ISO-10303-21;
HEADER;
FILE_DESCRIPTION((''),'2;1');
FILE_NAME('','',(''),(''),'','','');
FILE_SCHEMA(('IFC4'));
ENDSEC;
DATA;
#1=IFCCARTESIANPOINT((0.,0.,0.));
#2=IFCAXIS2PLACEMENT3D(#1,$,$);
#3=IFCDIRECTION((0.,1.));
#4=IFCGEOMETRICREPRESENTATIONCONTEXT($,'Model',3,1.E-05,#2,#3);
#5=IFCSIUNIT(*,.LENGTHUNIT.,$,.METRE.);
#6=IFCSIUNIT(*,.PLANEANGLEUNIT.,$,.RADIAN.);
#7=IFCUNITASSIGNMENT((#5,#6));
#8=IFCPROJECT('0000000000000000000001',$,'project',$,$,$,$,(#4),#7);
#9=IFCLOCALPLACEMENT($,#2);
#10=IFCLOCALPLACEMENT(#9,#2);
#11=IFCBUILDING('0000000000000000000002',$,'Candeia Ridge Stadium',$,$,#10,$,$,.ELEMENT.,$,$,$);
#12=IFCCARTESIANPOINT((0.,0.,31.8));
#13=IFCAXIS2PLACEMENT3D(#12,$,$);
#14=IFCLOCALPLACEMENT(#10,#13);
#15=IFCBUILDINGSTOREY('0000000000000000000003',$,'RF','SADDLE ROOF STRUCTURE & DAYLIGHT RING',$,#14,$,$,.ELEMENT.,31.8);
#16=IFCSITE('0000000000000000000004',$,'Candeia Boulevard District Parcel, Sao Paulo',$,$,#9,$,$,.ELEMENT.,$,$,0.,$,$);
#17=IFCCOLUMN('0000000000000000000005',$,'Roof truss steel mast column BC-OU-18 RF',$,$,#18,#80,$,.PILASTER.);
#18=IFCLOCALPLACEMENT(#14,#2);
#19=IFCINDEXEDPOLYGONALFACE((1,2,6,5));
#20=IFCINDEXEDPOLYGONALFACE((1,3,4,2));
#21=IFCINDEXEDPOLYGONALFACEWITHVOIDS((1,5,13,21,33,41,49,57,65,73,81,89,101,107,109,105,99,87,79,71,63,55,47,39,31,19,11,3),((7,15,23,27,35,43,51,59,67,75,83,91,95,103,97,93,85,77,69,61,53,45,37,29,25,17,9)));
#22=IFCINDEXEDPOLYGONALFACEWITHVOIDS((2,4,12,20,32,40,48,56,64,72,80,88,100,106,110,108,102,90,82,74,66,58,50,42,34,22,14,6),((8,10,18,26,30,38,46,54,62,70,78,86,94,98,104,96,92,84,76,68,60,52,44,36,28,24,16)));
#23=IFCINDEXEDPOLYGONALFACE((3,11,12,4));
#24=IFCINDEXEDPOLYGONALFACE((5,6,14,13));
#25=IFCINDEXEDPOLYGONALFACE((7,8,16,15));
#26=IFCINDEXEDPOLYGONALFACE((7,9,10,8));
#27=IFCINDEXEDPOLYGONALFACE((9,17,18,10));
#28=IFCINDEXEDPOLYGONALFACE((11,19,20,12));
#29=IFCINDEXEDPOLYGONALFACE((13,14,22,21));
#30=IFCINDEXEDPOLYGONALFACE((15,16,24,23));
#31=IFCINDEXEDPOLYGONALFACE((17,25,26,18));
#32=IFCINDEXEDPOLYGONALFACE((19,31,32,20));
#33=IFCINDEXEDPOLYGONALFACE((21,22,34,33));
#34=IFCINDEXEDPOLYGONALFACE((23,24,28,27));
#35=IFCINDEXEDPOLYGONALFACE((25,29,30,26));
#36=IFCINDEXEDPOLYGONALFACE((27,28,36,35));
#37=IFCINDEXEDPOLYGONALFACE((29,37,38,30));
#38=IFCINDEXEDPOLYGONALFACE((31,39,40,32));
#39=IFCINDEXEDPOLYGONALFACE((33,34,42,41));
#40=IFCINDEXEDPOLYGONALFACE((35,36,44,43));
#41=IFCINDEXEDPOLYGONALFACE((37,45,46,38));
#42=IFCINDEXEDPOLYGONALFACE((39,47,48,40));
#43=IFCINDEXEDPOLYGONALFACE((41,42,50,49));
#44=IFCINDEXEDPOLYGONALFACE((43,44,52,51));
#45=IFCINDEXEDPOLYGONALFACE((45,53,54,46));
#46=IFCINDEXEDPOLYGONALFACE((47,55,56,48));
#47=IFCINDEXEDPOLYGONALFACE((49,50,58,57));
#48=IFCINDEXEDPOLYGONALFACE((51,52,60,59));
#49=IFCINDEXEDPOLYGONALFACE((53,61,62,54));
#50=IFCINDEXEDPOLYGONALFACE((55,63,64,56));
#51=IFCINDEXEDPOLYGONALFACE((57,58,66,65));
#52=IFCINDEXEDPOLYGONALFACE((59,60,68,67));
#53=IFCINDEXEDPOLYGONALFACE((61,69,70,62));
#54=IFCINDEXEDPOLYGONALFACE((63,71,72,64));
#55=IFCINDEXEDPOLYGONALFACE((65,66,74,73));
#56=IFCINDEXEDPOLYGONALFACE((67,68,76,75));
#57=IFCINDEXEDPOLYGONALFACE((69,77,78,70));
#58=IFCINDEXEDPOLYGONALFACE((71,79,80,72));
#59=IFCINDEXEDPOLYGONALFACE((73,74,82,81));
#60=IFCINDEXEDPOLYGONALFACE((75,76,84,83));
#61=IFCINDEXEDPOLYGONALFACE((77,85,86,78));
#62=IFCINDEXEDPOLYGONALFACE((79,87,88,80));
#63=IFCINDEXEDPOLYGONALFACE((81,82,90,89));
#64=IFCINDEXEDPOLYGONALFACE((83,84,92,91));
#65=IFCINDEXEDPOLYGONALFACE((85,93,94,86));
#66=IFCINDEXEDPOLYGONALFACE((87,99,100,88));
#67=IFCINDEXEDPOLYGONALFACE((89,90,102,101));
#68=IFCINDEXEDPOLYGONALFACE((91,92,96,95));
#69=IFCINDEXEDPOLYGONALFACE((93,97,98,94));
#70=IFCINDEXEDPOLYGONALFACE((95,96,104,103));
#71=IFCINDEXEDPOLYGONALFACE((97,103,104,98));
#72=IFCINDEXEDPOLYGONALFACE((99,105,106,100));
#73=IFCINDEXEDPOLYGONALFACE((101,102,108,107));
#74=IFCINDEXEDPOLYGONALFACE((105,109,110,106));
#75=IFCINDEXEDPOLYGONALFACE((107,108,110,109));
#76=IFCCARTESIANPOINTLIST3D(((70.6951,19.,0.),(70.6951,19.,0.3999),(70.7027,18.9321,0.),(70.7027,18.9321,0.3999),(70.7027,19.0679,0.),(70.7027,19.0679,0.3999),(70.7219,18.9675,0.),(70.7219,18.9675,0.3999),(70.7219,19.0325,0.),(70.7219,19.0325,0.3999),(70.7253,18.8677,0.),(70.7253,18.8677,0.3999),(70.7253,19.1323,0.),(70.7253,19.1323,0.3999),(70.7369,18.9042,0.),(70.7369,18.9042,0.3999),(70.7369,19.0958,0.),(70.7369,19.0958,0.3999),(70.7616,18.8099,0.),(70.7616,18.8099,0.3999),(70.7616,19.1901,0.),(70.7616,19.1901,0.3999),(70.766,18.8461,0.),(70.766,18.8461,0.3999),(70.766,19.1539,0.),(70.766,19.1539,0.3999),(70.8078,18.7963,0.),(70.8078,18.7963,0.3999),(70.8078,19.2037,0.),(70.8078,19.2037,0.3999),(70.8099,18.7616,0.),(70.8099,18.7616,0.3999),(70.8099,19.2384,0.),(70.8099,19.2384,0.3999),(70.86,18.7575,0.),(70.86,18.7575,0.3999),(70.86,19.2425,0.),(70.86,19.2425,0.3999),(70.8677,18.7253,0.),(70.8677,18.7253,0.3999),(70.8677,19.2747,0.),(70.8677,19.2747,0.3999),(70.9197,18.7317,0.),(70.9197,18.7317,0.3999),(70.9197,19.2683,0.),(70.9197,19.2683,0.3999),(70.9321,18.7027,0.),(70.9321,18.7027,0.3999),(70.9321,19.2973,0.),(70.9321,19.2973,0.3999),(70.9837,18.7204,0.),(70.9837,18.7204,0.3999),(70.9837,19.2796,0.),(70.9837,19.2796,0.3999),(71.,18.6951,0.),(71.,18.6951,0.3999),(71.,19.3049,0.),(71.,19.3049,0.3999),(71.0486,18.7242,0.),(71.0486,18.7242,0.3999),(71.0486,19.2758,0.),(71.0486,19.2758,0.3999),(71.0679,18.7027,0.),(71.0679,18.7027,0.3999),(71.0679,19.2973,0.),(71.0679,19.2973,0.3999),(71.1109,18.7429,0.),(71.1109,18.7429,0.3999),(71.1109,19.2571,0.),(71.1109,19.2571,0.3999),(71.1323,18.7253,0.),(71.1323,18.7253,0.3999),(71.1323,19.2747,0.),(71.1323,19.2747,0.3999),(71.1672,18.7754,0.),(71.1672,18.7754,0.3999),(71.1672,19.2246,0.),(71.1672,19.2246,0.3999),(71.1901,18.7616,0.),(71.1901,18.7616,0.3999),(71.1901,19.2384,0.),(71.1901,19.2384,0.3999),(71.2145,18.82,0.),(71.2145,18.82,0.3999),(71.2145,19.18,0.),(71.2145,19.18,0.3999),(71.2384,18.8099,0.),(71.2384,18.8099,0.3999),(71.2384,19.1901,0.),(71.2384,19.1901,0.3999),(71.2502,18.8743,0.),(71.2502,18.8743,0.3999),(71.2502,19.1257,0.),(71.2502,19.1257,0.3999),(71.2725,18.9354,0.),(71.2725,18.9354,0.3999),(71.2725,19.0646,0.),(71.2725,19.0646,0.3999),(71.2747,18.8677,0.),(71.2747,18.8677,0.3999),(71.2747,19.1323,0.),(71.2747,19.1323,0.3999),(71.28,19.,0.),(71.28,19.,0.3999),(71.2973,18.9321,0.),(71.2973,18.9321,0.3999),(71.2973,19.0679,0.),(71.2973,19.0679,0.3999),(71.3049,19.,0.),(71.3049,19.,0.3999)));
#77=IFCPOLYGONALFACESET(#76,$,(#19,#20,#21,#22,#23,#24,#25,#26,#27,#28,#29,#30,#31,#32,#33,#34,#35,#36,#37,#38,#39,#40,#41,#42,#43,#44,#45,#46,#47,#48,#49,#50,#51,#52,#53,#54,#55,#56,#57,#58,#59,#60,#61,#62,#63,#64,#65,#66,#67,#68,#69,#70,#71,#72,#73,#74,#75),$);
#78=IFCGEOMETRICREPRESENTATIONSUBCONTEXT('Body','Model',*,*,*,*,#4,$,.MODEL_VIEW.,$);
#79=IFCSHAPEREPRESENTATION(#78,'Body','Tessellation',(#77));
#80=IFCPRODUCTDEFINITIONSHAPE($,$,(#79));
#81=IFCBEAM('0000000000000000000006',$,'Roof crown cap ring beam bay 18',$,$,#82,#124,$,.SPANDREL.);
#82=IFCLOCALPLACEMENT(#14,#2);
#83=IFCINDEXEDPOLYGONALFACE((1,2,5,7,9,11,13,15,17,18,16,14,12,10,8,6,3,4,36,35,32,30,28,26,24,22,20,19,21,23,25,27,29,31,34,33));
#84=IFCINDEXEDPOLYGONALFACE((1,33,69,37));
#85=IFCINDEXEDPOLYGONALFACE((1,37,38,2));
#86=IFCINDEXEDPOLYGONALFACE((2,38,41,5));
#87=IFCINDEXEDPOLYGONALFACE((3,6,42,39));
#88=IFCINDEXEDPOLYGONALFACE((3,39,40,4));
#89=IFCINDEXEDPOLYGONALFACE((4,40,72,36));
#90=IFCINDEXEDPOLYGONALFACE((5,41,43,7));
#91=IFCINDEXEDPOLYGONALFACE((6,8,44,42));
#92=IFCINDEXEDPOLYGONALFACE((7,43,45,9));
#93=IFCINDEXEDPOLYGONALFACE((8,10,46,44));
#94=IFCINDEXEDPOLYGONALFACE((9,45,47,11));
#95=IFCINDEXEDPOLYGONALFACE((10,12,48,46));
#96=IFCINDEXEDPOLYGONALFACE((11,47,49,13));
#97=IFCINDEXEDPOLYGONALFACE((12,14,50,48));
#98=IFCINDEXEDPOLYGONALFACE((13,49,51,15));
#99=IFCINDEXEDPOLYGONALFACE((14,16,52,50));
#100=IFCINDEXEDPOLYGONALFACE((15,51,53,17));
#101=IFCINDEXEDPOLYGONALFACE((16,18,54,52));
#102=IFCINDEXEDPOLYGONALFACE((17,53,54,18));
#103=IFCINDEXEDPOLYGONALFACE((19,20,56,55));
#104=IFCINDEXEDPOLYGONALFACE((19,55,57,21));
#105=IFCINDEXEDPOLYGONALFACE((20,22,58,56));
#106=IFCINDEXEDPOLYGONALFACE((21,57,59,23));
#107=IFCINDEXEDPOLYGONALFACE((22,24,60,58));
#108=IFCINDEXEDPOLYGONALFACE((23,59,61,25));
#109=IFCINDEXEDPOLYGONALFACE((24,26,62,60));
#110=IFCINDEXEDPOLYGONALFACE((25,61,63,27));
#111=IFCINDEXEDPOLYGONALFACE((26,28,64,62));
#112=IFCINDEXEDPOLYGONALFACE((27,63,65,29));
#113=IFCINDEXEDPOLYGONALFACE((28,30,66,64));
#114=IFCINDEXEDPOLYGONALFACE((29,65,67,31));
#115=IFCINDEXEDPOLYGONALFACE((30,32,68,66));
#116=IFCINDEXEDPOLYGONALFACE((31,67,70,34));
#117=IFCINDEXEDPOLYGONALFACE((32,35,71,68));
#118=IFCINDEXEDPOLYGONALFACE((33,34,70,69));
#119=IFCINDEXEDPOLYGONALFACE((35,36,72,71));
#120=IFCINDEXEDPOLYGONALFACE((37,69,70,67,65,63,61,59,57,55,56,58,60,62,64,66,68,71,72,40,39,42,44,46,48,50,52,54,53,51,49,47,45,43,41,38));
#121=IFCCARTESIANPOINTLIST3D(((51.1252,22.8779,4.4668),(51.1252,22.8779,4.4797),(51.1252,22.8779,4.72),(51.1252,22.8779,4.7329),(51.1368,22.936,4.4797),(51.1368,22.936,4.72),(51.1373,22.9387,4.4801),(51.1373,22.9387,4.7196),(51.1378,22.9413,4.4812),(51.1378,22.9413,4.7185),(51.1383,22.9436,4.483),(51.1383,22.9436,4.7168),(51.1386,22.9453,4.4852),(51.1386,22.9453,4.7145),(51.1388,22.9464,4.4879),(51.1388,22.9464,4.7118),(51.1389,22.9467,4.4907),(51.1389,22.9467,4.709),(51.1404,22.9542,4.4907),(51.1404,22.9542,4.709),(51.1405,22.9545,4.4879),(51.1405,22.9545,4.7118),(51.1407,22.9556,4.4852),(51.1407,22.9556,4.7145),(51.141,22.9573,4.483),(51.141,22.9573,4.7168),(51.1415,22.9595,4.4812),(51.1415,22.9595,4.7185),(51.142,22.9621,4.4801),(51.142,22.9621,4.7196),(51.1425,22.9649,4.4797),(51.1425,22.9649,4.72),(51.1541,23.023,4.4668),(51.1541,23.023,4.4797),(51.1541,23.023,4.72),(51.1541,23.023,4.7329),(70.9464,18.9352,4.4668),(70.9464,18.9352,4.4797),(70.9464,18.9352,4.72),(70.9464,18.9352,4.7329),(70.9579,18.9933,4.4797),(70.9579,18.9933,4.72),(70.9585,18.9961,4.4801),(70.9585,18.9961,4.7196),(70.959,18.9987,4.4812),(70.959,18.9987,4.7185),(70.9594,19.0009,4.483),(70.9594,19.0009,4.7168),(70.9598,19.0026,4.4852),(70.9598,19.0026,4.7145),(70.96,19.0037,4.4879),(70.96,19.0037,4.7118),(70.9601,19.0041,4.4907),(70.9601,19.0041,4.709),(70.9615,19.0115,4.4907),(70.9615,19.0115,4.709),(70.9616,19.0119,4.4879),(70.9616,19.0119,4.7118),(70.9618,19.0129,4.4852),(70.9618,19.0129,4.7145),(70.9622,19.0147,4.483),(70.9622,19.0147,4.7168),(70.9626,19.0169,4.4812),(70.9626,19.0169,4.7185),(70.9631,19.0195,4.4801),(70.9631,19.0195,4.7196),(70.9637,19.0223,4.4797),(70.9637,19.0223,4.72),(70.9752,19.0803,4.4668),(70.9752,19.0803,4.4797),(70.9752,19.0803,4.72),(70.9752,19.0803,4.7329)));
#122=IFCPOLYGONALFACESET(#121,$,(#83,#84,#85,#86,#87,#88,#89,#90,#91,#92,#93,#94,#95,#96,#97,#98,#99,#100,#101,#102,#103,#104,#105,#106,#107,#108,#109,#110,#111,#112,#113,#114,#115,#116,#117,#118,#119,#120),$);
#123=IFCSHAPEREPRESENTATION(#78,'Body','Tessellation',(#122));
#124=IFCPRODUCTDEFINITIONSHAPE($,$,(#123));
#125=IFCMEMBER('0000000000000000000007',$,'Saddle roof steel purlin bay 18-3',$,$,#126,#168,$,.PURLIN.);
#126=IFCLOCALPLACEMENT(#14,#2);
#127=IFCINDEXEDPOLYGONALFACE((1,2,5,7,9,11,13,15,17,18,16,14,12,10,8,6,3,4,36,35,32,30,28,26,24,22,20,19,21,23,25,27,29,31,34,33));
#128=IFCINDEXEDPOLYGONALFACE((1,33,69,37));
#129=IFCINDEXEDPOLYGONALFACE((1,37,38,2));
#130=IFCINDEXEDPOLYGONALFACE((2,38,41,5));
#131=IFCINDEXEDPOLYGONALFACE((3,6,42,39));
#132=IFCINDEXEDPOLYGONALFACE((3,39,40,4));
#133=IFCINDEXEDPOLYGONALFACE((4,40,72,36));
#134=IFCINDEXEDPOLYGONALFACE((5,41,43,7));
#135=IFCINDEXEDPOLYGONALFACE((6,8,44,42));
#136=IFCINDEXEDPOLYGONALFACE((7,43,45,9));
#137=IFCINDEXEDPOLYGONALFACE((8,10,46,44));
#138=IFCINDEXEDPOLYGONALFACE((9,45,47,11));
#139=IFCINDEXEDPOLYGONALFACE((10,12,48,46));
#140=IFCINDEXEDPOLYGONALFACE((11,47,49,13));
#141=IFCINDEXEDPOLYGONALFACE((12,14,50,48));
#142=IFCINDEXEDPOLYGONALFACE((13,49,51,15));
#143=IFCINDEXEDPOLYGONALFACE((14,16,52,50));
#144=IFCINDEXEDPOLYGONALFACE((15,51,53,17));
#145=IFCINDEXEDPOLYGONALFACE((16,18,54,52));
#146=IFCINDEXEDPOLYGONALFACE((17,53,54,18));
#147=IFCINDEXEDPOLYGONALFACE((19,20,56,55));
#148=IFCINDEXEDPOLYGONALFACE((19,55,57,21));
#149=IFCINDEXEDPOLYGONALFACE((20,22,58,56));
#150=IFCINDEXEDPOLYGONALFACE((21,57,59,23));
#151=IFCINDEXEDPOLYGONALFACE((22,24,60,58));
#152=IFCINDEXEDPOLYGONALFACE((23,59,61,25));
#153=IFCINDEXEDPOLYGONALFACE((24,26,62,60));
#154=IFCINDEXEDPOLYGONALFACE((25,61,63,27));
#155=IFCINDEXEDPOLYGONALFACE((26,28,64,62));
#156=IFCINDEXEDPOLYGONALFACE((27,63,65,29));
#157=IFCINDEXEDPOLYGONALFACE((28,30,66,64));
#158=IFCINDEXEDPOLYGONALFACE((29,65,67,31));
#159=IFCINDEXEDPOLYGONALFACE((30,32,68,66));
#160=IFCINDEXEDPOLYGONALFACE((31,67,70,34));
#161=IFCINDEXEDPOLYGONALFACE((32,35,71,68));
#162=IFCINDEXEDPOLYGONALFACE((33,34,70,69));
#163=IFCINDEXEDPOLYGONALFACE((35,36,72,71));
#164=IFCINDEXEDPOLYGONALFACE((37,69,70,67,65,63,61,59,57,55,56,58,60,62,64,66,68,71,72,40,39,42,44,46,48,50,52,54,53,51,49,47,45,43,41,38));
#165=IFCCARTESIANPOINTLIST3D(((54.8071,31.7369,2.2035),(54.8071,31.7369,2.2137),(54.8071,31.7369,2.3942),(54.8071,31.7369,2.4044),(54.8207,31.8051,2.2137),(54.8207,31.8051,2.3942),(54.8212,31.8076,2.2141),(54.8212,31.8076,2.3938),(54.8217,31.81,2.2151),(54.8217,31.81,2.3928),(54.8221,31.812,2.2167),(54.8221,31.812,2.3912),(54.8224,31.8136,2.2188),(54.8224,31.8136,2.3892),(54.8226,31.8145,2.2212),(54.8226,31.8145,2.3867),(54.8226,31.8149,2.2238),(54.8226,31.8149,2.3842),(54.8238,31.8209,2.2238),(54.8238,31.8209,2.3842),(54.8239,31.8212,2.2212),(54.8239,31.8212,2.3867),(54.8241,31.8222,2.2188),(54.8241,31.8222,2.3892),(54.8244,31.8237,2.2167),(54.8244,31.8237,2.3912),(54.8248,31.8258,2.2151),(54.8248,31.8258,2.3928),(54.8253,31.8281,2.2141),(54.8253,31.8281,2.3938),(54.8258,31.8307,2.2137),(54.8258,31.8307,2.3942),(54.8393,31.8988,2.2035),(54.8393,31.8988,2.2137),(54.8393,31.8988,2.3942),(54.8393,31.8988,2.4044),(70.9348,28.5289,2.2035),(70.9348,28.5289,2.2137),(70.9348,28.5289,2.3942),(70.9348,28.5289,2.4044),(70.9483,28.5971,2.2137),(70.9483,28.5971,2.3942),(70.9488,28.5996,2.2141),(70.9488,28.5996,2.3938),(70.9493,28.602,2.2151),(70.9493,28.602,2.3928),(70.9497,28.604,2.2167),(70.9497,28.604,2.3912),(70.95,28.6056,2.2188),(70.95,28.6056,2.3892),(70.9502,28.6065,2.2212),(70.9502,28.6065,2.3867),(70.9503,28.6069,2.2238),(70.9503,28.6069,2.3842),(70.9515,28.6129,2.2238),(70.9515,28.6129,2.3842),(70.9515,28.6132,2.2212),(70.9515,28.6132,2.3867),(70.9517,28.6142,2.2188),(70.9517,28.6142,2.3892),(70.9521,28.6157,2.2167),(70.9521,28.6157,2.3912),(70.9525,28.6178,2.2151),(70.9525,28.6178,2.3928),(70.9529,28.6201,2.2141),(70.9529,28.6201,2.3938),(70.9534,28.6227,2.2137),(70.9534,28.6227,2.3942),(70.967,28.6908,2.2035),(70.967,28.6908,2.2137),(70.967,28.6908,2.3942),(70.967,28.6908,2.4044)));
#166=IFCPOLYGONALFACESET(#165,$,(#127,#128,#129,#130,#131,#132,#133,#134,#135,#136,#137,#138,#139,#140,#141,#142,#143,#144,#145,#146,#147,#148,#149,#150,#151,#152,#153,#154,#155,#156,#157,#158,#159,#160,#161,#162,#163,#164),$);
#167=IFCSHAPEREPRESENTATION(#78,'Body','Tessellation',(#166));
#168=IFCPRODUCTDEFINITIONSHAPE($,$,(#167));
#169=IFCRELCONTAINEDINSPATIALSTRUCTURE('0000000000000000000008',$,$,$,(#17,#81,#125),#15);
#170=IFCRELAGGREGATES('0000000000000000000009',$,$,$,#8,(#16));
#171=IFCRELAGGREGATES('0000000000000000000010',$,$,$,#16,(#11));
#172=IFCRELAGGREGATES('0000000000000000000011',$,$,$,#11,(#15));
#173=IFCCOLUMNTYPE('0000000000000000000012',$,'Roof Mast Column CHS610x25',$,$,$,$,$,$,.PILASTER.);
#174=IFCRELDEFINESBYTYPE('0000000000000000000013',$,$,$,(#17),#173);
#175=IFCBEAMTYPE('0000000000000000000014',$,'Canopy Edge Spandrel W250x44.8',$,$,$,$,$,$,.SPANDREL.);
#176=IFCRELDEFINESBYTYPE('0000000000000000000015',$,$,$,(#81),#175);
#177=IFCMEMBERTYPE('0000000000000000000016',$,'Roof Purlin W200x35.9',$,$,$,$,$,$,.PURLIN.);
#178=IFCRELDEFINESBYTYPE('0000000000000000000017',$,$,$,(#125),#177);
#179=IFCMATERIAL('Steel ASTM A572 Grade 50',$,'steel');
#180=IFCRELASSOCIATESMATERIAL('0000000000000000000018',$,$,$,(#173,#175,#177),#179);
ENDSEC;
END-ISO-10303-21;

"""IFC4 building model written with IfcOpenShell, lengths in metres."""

from ifc_helpers import new_model, si_unit, direction, frame, origin, origin_2d, place, context, subcontext, project, spatial, hollow_circle, i_section, extrude, material, material_profile, profile_set, type_object, element, save


model = new_model("IFC4")

# Units and contexts
model_context = context("Model", 3, precision=1e-05, world=origin(), true_north=direction((0.0, 1.0)))
body_context = subcontext(model_context, "Body", "Model", "MODEL_VIEW")
ifc_project = project(units=[si_unit("LENGTHUNIT", "METRE"), si_unit("PLANEANGLEUNIT", "RADIAN")], contexts=[model_context])

# Site, building, storey
site_placement = place(None, origin())
site = spatial("IfcSite", under=ifc_project, at=site_placement, Name="Candeia Boulevard District Parcel, Sao Paulo", CompositionType="ELEMENT", RefElevation=0.0)
building_placement = place(site_placement, origin())
building = spatial("IfcBuilding", under=site, at=building_placement, Name="Candeia Ridge Stadium", CompositionType="ELEMENT")
storey_placement = place(building_placement, frame((0.0, 0.0, 31.8)))
storey = spatial("IfcBuildingStorey", under=building, at=storey_placement, Name="RF", Description="SADDLE ROOF STRUCTURE & DAYLIGHT RING", CompositionType="ELEMENT", Elevation=31.8)

# Column
ifc_material_1 = material(Name="Steel ASTM A572 Grade 50", Category="steel")
ifc_material_profile_1 = material_profile(ifc_material_1, hollow_circle(Radius=0.3049, WallThickness=0.0249, at=origin_2d()), Name="CHS610x25", Category="steel")
ifc_profile_set_1 = profile_set([ifc_material_profile_1], Name="Steel ASTM A572 Grade 50")
column_type = type_object("IfcColumnType", Name="Roof Mast Column CHS610x25", PredefinedType="PILASTER", material=ifc_profile_set_1)
column_placement = place(storey_placement, frame((71.0, 19.0, 0.0), z_axis=(0.0, 0.0, 1.0), x_axis=(1.0, 0.0, 0.0)))
element("IfcColumn", 1, at=column_placement, inside=storey, type_object=column_type, Name="Roof truss steel mast column BC-OU-18 RF", PredefinedType="PILASTER", context=body_context, shape_type="SweptSolid", body=[
    extrude(hollow_circle(Radius=0.3049, WallThickness=0.0249, at=origin_2d()), origin(), (0.0, 0.0, 1.0), 0.3999),
])

# Beam
ifc_material_profile_2 = material_profile(ifc_material_1, i_section(OverallWidth=0.1479, OverallDepth=0.2661, WebThickness=0.0076, FlangeThickness=0.0129, FilletRadius=0.011, at=origin_2d()), Name="W250x44.8", Category="steel")
ifc_profile_set_2 = profile_set([ifc_material_profile_2], Name="Steel ASTM A572 Grade 50")
beam_type = type_object("IfcBeamType", Name="Canopy Edge Spandrel W250x44.8", PredefinedType="SPANDREL", material=ifc_profile_set_2)
beam_placement = place(storey_placement, frame((51.1396, 22.9504, 4.5999), z_axis=(0.980786, -0.195089, 0.0), x_axis=(0.195089, 0.980786, 0.0)))
element("IfcBeam", 2, at=beam_placement, inside=storey, type_object=beam_type, Name="Roof crown cap ring beam bay 18", PredefinedType="SPANDREL", context=body_context, shape_type="SweptSolid", body=[
    extrude(i_section(OverallWidth=0.1479, OverallDepth=0.2661, WebThickness=0.0076, FlangeThickness=0.0129, FilletRadius=0.011, at=origin_2d()), origin(), (0.0, 0.0, 1.0), 20.2095),
])

# Member
ifc_material_profile_3 = material_profile(ifc_material_1, i_section(OverallWidth=0.165, OverallDepth=0.2009, WebThickness=0.0061, FlangeThickness=0.0103, FilletRadius=0.01, at=origin_2d()), Name="W200x35.9", Category="steel")
ifc_profile_set_3 = profile_set([ifc_material_profile_3], Name="Steel ASTM A572 Grade 50")
member_type_1 = type_object("IfcMemberType", Name="Roof Purlin W200x35.9", PredefinedType="PURLIN", material=ifc_profile_set_3)
member_1_placement = place(storey_placement, frame((54.8232, 31.8179, 2.304), z_axis=(0.980785, -0.195091, 0.0), x_axis=(0.195091, 0.980785, 0.0)))
element("IfcMember", 3, at=member_1_placement, inside=storey, type_object=member_type_1, Name="Saddle roof steel purlin bay 18-3", PredefinedType="PURLIN", context=body_context, shape_type="SweptSolid", body=[
    extrude(i_section(OverallWidth=0.165, OverallDepth=0.2009, WebThickness=0.0061, FlangeThickness=0.0103, FilletRadius=0.01, at=origin_2d()), origin(), (0.0, 0.0, 1.0), 16.4436),
])

save(model, "model.ifc")
